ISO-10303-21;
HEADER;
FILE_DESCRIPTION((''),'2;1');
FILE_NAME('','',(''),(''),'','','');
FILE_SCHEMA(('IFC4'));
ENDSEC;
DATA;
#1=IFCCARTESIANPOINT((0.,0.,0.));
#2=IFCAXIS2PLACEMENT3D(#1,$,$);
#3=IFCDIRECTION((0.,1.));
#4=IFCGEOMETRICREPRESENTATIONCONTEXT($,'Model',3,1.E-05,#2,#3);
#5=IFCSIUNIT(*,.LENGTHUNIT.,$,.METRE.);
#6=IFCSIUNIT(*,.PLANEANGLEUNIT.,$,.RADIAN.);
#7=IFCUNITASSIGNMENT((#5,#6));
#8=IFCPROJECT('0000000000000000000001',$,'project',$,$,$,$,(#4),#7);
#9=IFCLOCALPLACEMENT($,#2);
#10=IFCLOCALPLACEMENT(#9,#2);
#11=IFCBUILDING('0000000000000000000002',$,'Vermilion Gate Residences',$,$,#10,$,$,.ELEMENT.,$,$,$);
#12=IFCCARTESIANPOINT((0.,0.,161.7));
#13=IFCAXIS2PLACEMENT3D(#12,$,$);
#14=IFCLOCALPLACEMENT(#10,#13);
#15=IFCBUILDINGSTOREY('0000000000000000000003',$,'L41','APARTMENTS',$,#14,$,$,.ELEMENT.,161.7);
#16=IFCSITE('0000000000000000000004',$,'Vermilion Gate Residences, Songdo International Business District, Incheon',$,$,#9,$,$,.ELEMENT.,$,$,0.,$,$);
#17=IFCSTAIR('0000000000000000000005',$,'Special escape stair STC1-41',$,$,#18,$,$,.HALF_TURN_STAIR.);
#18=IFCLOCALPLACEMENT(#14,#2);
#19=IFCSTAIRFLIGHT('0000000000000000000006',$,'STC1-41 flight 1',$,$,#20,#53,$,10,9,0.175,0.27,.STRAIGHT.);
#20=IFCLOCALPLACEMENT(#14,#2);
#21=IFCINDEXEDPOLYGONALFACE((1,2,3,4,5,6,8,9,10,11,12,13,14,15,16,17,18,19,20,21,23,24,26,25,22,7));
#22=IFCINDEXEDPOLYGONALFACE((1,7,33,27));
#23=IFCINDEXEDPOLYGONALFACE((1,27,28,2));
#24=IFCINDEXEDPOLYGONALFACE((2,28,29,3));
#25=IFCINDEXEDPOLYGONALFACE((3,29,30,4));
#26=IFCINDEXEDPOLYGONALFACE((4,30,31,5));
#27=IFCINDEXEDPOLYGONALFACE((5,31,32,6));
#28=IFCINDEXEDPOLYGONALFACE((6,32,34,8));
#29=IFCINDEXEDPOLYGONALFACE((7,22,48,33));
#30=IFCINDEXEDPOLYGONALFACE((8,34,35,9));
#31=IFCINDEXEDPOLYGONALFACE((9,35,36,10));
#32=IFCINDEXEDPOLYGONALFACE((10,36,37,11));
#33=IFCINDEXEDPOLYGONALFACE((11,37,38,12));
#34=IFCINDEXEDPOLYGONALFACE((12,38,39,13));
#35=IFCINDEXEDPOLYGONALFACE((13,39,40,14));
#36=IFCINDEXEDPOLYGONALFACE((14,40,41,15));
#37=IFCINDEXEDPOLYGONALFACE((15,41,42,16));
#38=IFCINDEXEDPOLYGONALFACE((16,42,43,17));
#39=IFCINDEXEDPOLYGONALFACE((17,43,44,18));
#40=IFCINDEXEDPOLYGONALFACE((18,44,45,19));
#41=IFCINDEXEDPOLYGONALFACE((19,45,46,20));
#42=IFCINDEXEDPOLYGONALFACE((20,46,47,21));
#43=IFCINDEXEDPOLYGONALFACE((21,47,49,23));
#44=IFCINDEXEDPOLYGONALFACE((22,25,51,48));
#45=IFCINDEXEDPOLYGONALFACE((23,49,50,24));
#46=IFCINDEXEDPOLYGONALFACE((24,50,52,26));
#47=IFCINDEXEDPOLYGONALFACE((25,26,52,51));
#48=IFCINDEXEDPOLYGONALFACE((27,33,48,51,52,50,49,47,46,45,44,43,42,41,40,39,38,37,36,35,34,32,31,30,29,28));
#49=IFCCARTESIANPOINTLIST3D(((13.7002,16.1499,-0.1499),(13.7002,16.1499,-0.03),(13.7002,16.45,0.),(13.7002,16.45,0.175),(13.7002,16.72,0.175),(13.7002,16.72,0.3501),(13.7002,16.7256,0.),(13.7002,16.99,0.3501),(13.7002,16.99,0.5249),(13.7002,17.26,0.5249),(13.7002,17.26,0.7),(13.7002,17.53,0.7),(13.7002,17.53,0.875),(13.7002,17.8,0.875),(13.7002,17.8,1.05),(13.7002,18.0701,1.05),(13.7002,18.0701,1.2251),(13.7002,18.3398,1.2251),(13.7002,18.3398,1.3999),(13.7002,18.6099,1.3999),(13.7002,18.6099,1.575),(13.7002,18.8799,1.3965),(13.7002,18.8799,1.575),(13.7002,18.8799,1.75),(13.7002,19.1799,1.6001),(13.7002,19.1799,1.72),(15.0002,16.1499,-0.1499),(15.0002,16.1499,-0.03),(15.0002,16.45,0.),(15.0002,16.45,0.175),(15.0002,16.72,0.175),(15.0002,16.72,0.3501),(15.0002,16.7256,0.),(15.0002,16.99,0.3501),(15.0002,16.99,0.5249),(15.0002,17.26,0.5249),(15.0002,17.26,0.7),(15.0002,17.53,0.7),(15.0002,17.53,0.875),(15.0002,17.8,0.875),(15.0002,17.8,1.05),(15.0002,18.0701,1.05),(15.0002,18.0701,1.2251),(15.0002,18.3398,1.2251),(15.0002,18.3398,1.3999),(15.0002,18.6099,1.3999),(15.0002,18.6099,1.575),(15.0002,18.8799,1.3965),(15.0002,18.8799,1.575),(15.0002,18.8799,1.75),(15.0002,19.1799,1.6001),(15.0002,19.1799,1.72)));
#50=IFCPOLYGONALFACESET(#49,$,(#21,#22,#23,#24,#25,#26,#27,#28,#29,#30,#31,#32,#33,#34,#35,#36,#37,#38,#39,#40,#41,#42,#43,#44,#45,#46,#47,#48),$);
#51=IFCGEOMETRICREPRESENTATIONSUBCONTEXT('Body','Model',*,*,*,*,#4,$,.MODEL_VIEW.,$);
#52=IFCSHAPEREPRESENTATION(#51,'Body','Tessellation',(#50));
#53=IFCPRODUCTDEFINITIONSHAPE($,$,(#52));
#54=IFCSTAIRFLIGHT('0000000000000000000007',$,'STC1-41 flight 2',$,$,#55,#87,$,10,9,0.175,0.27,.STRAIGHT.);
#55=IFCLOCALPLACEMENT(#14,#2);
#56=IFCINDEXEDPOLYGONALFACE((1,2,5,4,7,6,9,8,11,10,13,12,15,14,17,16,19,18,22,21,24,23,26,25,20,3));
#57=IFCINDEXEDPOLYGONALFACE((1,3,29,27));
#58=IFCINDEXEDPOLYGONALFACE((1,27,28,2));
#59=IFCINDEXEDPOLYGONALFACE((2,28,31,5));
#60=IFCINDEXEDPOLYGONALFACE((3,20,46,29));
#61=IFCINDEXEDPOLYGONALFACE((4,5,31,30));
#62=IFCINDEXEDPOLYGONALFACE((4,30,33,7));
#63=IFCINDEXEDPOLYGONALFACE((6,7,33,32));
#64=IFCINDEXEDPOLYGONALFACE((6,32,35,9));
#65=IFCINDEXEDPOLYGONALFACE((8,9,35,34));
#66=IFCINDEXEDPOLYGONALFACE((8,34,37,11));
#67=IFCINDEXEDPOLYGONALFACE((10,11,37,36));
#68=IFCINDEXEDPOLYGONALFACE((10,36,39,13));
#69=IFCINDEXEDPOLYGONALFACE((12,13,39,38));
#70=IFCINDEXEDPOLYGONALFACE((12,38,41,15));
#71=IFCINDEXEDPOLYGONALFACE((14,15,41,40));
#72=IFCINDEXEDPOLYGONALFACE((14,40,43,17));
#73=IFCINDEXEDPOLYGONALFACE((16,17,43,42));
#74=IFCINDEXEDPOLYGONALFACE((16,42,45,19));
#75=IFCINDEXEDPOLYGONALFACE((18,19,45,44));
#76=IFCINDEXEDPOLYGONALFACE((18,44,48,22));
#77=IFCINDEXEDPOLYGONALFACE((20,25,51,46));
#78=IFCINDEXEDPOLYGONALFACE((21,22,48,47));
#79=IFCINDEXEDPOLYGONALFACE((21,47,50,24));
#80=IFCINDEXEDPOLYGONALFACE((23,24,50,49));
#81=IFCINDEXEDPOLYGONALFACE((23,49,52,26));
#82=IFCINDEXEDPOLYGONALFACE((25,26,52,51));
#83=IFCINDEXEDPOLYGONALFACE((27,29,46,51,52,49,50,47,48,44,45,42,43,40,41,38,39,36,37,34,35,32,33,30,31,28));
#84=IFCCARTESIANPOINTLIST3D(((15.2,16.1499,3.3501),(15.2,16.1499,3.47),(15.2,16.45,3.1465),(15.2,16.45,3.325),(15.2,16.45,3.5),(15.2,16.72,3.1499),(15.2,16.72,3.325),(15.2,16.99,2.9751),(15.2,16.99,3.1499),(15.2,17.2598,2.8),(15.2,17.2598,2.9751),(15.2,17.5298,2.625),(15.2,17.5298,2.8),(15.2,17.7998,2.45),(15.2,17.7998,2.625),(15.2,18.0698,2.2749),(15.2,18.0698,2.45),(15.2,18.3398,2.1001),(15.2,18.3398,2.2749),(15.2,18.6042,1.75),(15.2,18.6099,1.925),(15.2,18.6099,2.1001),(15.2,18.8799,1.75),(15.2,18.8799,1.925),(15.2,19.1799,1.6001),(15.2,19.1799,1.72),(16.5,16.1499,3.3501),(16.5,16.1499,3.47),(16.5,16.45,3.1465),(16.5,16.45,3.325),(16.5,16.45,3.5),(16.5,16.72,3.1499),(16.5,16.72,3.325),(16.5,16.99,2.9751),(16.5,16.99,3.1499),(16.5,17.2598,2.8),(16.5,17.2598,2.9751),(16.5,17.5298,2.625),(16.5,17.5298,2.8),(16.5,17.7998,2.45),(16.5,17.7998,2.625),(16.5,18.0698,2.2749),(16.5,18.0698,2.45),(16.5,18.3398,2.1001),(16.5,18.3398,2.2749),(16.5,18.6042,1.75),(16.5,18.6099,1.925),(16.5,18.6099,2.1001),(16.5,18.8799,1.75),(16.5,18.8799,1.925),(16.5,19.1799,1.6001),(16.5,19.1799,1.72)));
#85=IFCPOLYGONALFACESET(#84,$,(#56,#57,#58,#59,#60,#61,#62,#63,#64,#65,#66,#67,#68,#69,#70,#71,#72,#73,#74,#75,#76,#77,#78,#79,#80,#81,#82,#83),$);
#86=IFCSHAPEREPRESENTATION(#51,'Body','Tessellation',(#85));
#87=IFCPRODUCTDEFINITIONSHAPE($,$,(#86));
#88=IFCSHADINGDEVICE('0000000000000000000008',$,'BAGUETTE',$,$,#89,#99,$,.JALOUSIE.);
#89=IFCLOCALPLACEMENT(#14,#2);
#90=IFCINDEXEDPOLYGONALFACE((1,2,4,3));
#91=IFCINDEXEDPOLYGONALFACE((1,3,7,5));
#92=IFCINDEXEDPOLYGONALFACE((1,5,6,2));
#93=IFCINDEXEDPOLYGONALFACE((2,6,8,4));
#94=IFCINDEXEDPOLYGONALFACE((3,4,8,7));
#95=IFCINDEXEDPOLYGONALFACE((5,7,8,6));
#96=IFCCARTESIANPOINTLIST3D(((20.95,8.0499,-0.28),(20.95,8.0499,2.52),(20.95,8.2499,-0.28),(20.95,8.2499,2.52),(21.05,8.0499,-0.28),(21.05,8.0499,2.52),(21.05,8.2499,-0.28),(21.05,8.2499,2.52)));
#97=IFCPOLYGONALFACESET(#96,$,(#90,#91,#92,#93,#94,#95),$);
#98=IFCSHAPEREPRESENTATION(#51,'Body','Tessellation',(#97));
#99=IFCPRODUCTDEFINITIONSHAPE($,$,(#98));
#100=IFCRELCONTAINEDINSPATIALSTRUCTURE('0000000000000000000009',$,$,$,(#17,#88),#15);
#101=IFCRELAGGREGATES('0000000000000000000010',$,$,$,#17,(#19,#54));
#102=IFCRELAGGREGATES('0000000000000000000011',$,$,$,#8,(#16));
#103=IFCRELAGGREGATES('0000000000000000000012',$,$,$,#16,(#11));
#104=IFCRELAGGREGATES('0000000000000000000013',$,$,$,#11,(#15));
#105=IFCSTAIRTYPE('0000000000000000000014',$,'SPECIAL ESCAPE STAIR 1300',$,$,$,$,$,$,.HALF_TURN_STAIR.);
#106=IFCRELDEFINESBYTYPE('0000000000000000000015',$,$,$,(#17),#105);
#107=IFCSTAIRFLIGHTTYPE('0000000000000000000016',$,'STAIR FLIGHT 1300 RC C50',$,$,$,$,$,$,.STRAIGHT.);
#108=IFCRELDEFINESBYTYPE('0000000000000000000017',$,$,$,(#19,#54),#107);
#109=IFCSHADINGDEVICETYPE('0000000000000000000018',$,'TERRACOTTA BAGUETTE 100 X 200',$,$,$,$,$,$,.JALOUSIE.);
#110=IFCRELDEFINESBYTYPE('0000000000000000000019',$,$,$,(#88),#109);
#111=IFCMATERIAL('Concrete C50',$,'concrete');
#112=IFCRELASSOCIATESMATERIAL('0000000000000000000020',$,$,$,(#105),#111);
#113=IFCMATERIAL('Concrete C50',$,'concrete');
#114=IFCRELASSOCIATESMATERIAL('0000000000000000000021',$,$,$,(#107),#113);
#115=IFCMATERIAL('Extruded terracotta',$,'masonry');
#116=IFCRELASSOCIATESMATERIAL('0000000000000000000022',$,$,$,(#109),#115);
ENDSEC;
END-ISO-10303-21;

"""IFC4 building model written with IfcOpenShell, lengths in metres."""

from ifc_helpers import new_model, si_unit, direction, frame, origin, origin_2d, place, context, subcontext, project, spatial, polyline, rectangle, outline, extrude, material, material_profile, profile_set, type_object, element, aggregate, save


model = new_model("IFC4")

# Units and contexts
model_context = context("Model", 3, precision=1e-05, world=origin(), true_north=direction((0.0, 1.0)))
body_context = subcontext(model_context, "Body", "Model", "MODEL_VIEW")
ifc_project = project(units=[si_unit("LENGTHUNIT", "METRE"), si_unit("PLANEANGLEUNIT", "RADIAN")], contexts=[model_context])

# Site, building, storey
site_placement = place(None, origin())
site = spatial("IfcSite", under=ifc_project, at=site_placement, Name="Vermilion Gate Residences, Songdo International Business District, Incheon", CompositionType="ELEMENT", RefElevation=0.0)
building_placement = place(site_placement, origin())
building = spatial("IfcBuilding", under=site, at=building_placement, Name="Vermilion Gate Residences", CompositionType="ELEMENT")
storey_placement = place(building_placement, frame((0.0, 0.0, 161.7)))
storey = spatial("IfcBuildingStorey", under=building, at=storey_placement, Name="L41", Description="APARTMENTS", CompositionType="ELEMENT", Elevation=161.7)

# Stair, stair flights
ifc_material_1 = material(Name="Concrete C50", Category="concrete")
stair_type = type_object("IfcStairType", Name="SPECIAL ESCAPE STAIR 1300", PredefinedType="HALF_TURN_STAIR", material=ifc_material_1)
stair_placement = place(storey_placement, origin())
stair = element("IfcStair", 1, at=stair_placement, inside=storey, type_object=stair_type, Name="Special escape stair STC1-41", PredefinedType="HALF_TURN_STAIR")
ifc_material_2 = material(Name="Concrete C50", Category="concrete")
stair_flight_type = type_object("IfcStairFlightType", Name="STAIR FLIGHT 1300 RC C50", PredefinedType="STRAIGHT", material=ifc_material_2)
stair_flight_1_placement = place(storey_placement, frame((14.3501, 16.45, 0.0), z_axis=(0.0, 0.0, 1.0), x_axis=(0.0, 1.0, 0.0)))
stair_flight_1 = element("IfcStairFlight", 2, at=stair_flight_1_placement, type_object=stair_flight_type, Name="STC1-41 flight 1", NumberOfRisers=10, NumberOfTreads=9, PredefinedType="STRAIGHT", RiserHeight=0.175, TreadLength=0.27, context=body_context, shape_type="SweptSolid", body=[
    extrude(outline(polyline([(-0.3, -0.1499), (-0.3, -0.03), (0.0, 0.0), (0.0, 0.175), (0.27, 0.175), (0.27, 0.3501), (0.54, 0.3501), (0.54, 0.5249), (0.8101, 0.5249), (0.8101, 0.7), (1.0801, 0.7), (1.0801, 0.875), (1.3501, 0.875), (1.3501, 1.05), (1.6201, 1.05), (1.6201, 1.2251), (1.8899, 1.2251), (1.8899, 1.3999), (2.1599, 1.3999), (2.1599, 1.575), (2.4299, 1.575), (2.4299, 1.75), (2.73, 1.72), (2.73, 1.6001), (2.4299, 1.3965), (0.2756, 0.0), (-0.3, -0.1499)])), frame((0.0, 0.6499, 0.0), z_axis=(0.0, -1.0, 0.0), x_axis=(1.0, 0.0, 0.0)), (0.0, 0.0, 1.0), 1.3),
])
stair_flight_2_placement = place(storey_placement, frame((15.8501, 18.8799, 1.75), z_axis=(0.0, 0.0, 1.0), x_axis=(0.0, -1.0, 0.0)))
stair_flight_2 = element("IfcStairFlight", 3, at=stair_flight_2_placement, type_object=stair_flight_type, Name="STC1-41 flight 2", NumberOfRisers=10, NumberOfTreads=9, PredefinedType="STRAIGHT", RiserHeight=0.175, TreadLength=0.27, context=body_context, shape_type="SweptSolid", body=[
    extrude(outline(polyline([(-0.3, -0.1499), (-0.3, -0.03), (0.0, 0.0), (0.0, 0.175), (0.27, 0.175), (0.27, 0.3501), (0.54, 0.3501), (0.54, 0.5249), (0.8101, 0.5249), (0.8101, 0.7), (1.0801, 0.7), (1.0801, 0.875), (1.3501, 0.875), (1.3501, 1.05), (1.6201, 1.05), (1.6201, 1.2251), (1.8899, 1.2251), (1.8899, 1.3999), (2.1599, 1.3999), (2.1599, 1.575), (2.4299, 1.575), (2.4299, 1.75), (2.73, 1.72), (2.73, 1.6001), (2.4299, 1.3965), (0.2756, 0.0), (-0.3, -0.1499)])), frame((0.0, 0.6499, 0.0), z_axis=(0.0, -1.0, 0.0), x_axis=(1.0, 0.0, 0.0)), (0.0, 0.0, 1.0), 1.3),
])
aggregate(stair, [stair_flight_1, stair_flight_2])

# Shading device
ifc_material_3 = material(Name="Extruded terracotta", Category="masonry")
ifc_material_profile_1 = material_profile(ifc_material_3, rectangle(XDim=0.2, YDim=0.1001, at=origin_2d()), Name="BAGUETTE 100 X 200")
ifc_profile_set_1 = profile_set([ifc_material_profile_1], Name="Extruded terracotta")
shading_device_type = type_object("IfcShadingDeviceType", Name="TERRACOTTA BAGUETTE 100 X 200", PredefinedType="JALOUSIE", material=ifc_profile_set_1)
shading_device_placement = place(storey_placement, frame((21.0, 8.1499, -0.28), z_axis=(0.0, 0.0, 1.0), x_axis=(0.0, 1.0, 0.0)))
element("IfcShadingDevice", 4, at=shading_device_placement, inside=storey, type_object=shading_device_type, Name="BAGUETTE", PredefinedType="JALOUSIE", context=body_context, shape_type="SweptSolid", body=[
    extrude(rectangle(XDim=0.2, YDim=0.1001, at=origin_2d()), origin(), (0.0, 0.0, 1.0), 2.8),
])

save(model, "model.ifc")
